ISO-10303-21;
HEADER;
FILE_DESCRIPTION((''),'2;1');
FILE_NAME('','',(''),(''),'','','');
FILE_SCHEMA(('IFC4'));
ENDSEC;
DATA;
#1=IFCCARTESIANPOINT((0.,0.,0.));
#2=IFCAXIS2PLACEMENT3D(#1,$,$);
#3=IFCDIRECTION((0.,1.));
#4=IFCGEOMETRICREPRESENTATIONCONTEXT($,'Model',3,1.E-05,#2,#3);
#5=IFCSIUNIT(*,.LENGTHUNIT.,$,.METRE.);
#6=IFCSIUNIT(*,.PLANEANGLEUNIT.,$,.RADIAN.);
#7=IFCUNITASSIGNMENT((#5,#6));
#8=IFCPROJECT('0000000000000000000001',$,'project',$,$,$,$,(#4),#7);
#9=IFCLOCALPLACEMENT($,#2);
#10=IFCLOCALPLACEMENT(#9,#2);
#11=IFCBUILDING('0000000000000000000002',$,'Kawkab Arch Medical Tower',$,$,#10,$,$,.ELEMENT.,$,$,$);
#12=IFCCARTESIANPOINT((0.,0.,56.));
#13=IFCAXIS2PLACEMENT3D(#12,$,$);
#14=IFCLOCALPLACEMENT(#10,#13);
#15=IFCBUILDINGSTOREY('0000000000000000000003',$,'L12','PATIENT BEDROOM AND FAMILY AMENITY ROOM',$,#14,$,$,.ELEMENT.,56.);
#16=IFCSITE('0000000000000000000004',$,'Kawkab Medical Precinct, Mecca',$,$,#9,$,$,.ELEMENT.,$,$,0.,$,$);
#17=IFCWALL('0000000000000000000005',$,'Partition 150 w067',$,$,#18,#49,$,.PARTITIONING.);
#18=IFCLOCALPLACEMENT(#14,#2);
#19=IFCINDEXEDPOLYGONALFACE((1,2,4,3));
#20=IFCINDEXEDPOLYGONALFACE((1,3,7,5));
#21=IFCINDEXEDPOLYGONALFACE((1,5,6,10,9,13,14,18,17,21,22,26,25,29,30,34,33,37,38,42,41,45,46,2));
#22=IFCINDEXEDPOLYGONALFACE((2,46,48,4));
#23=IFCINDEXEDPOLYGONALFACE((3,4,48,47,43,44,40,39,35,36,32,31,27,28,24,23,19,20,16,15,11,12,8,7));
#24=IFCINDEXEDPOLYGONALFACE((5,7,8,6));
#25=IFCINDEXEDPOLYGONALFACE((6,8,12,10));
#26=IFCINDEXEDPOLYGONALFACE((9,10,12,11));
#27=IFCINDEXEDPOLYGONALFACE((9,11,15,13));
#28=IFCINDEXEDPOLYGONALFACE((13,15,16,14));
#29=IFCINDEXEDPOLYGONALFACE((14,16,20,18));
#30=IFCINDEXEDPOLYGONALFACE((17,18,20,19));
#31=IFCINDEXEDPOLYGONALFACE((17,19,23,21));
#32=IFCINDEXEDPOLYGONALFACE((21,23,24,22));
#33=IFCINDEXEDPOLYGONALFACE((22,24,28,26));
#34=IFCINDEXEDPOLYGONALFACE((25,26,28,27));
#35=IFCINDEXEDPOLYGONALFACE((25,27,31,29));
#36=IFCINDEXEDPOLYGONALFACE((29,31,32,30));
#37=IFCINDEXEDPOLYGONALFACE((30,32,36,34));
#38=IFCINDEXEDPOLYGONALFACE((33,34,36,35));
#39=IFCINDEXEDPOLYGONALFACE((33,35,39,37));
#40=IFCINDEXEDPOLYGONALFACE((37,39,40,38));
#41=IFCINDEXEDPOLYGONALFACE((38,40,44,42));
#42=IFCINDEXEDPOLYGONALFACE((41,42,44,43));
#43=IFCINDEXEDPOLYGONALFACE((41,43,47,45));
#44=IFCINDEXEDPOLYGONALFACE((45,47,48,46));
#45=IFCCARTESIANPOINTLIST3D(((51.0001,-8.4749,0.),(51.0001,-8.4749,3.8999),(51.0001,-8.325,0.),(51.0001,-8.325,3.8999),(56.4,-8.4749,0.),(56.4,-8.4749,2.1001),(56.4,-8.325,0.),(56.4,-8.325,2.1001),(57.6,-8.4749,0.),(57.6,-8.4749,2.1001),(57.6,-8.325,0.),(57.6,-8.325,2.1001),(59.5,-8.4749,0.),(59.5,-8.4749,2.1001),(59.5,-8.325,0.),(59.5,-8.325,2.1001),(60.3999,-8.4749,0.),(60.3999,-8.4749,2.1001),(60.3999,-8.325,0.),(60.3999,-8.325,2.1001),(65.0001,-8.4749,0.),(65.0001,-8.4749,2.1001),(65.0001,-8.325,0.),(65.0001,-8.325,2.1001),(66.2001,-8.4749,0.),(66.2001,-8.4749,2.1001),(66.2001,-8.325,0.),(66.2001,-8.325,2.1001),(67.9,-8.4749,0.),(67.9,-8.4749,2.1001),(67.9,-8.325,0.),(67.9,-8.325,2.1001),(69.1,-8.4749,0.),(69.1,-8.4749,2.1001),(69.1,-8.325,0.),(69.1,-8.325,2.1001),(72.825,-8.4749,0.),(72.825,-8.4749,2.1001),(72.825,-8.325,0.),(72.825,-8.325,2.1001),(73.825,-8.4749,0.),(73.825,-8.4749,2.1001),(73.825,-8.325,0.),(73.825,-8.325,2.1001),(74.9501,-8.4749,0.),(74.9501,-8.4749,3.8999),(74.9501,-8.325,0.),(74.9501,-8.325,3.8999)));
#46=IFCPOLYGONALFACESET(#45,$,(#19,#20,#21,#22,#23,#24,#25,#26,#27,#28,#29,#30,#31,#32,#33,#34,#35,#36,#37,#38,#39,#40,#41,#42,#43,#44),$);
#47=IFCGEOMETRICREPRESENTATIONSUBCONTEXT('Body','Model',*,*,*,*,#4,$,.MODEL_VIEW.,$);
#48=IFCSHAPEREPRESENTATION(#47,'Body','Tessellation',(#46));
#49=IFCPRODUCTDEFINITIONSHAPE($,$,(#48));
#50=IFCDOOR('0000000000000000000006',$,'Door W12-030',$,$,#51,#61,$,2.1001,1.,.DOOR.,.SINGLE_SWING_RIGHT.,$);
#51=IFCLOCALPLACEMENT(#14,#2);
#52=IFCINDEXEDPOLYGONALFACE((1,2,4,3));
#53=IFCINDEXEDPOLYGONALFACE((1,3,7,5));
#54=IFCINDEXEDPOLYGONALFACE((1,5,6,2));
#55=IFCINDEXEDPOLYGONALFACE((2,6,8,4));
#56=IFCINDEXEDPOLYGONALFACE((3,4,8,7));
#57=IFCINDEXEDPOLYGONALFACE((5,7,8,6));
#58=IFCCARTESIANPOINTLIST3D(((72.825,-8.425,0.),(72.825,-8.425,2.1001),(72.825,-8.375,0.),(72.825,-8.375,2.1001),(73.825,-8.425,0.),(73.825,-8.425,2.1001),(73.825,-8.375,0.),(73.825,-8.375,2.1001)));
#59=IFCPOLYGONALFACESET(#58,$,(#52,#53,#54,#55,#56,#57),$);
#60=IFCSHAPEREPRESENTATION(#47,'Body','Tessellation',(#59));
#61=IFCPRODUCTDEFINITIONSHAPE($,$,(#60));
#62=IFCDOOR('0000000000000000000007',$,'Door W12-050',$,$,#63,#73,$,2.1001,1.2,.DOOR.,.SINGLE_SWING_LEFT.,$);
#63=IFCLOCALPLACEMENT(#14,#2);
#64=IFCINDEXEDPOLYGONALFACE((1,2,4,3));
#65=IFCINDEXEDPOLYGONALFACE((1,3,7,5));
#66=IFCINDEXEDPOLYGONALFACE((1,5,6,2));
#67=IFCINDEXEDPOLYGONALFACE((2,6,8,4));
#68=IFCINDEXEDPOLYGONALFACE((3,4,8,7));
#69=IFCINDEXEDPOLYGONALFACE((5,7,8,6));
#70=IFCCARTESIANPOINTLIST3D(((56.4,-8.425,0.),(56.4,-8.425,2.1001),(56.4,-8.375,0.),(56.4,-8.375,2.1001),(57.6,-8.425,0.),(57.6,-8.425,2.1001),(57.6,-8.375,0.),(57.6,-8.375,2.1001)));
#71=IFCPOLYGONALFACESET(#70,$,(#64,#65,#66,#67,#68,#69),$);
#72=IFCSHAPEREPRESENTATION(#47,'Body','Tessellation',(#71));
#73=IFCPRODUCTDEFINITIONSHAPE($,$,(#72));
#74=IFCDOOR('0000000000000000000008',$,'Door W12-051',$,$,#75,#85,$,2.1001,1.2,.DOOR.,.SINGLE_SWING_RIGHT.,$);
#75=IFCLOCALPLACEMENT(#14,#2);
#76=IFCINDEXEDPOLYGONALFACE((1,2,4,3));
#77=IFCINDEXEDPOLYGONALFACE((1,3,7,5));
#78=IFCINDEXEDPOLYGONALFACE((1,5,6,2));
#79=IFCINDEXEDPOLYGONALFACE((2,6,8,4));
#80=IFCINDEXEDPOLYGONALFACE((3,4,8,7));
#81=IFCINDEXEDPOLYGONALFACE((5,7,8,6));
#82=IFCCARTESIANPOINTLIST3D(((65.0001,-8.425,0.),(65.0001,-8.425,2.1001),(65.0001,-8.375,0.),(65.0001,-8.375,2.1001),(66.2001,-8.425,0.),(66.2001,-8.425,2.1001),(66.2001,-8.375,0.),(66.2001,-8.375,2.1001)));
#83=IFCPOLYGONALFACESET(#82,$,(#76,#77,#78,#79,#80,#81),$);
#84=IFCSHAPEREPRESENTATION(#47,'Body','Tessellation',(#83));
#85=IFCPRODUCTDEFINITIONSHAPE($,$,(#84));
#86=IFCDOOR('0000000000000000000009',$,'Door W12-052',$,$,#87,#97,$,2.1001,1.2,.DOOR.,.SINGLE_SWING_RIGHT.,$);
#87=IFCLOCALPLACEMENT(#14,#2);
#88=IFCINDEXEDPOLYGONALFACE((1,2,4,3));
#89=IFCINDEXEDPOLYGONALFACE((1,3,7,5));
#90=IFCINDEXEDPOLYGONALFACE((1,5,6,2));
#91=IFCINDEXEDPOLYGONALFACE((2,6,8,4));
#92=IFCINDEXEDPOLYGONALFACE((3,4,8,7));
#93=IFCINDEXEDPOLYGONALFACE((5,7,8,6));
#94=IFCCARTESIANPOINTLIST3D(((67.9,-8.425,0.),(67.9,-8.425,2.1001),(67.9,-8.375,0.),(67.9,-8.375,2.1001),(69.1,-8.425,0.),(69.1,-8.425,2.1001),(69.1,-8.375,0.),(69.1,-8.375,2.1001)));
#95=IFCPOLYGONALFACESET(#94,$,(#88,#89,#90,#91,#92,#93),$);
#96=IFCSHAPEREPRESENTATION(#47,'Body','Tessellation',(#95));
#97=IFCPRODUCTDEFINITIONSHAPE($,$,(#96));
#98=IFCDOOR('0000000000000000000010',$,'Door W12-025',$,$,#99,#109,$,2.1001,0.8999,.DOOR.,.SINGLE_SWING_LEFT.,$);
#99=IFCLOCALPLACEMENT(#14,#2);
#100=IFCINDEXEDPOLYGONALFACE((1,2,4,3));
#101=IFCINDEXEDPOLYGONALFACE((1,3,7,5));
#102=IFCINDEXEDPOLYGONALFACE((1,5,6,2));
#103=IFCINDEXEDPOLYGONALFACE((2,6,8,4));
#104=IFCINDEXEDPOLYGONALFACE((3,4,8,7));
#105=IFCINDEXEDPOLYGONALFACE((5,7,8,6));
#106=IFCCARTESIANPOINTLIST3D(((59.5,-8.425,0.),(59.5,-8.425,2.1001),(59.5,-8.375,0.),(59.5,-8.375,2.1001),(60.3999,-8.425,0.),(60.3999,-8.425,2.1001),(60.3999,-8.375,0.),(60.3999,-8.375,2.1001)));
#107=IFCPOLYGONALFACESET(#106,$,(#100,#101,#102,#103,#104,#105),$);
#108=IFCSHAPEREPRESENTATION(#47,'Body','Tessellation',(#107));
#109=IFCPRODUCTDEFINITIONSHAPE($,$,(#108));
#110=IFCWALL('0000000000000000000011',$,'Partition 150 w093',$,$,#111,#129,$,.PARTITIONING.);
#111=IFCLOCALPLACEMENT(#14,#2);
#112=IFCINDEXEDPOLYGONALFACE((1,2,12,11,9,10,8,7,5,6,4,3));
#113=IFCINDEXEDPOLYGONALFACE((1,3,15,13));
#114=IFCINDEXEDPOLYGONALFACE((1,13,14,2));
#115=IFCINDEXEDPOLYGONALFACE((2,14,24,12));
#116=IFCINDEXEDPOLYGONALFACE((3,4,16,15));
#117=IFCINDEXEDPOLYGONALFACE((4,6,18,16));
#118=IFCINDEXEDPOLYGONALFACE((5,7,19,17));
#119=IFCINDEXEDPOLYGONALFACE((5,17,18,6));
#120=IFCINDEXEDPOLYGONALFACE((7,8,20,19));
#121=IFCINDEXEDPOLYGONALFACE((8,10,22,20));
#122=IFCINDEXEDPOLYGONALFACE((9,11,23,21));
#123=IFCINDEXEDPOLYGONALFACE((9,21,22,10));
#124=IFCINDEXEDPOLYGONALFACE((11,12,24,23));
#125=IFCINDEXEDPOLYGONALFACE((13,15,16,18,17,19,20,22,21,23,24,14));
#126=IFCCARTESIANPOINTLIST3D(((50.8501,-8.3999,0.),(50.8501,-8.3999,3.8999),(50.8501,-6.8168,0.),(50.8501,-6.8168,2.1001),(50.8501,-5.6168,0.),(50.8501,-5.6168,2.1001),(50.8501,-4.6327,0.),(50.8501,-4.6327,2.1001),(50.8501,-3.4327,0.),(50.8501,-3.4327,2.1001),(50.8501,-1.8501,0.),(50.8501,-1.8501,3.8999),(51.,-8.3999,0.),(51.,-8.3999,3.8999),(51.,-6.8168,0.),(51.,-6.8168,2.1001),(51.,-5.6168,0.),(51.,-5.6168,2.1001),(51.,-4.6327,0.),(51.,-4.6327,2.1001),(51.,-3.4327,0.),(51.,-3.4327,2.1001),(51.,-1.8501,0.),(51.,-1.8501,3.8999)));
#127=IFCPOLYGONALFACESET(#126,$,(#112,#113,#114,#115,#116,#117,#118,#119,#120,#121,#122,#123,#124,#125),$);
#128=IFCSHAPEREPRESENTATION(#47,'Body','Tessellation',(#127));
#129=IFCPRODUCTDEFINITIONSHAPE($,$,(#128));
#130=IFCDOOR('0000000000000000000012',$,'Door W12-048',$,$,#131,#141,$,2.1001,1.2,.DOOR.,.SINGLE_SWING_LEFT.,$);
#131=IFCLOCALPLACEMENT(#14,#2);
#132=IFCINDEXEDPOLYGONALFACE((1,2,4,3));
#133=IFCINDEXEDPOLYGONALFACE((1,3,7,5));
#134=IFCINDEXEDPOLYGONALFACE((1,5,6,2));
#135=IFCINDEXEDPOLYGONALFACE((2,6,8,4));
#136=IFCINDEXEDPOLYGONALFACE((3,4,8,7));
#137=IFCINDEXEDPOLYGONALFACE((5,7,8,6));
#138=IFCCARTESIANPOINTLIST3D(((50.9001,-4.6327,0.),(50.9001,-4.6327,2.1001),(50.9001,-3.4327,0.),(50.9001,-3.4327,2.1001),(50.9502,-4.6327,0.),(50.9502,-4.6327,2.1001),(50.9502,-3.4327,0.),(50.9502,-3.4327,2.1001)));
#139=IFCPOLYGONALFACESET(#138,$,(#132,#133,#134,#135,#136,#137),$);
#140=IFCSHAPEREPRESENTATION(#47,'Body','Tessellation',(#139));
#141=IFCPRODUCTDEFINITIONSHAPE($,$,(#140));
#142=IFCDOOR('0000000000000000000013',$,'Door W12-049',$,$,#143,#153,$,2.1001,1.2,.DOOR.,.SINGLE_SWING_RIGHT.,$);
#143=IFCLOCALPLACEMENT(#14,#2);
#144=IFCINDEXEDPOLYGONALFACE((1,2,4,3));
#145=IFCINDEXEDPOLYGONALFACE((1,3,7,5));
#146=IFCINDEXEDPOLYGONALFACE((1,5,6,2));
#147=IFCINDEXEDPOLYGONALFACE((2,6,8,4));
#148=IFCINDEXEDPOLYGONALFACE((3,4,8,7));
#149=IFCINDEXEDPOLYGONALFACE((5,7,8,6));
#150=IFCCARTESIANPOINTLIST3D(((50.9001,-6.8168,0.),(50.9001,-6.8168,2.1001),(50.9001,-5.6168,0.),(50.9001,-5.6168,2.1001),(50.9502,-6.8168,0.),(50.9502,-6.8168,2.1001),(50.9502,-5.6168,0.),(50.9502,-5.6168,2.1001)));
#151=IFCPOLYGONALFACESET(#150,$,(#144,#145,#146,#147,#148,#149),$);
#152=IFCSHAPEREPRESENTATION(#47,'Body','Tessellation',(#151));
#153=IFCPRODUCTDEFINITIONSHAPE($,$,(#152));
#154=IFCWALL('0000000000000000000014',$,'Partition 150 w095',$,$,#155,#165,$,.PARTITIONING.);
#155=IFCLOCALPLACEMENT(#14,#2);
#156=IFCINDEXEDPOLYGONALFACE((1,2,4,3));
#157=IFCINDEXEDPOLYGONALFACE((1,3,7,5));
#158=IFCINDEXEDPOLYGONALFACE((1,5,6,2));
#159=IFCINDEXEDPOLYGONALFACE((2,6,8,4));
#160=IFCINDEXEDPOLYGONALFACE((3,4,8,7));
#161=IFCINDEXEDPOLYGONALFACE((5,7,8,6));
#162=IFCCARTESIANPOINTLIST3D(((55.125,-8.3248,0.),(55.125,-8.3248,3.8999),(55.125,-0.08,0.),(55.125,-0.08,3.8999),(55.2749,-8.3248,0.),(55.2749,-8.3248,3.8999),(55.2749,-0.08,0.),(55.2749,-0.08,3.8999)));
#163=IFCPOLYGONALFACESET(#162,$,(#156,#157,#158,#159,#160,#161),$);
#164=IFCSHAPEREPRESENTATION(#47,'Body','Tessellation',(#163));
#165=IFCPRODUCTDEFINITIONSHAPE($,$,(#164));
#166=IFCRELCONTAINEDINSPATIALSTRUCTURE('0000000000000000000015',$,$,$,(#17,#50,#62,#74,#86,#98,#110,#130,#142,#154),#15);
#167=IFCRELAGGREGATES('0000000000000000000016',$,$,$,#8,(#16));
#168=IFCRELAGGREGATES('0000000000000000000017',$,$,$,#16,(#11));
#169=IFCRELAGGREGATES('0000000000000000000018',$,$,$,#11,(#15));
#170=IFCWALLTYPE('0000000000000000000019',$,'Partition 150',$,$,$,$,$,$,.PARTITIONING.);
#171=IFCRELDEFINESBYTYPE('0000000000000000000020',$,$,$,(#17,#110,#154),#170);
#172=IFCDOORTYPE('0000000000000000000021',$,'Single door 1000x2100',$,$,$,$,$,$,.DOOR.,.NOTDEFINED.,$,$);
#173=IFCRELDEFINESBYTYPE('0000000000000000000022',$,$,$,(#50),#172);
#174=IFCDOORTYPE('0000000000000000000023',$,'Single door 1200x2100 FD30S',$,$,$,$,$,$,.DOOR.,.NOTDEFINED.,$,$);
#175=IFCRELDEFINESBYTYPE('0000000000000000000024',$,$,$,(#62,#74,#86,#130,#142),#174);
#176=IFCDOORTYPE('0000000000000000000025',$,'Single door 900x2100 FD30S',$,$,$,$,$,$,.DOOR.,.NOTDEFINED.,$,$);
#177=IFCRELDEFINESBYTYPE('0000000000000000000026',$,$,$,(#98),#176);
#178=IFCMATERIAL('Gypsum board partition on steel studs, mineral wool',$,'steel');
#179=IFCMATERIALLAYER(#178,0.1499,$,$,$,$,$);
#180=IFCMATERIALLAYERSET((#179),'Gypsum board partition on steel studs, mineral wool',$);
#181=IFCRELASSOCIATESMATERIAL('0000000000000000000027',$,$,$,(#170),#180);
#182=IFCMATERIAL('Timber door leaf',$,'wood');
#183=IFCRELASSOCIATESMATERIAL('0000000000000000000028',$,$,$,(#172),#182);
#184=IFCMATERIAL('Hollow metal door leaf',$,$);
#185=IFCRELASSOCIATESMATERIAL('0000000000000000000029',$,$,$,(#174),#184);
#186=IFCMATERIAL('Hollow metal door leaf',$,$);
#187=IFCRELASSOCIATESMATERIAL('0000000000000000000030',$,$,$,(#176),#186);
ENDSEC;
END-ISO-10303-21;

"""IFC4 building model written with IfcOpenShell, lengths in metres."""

from ifc_helpers import new_model, si_unit, direction, frame, frame_2d, origin, place, context, subcontext, project, spatial, rectangle, extrude, material, layer, layer_set, type_object, element, fill, save


model = new_model("IFC4")

# Units and contexts
model_context = context("Model", 3, precision=1e-05, world=origin(), true_north=direction((0.0, 1.0)))
body_context = subcontext(model_context, "Body", "Model", "MODEL_VIEW")
ifc_project = project(units=[si_unit("LENGTHUNIT", "METRE"), si_unit("PLANEANGLEUNIT", "RADIAN")], contexts=[model_context])

# Site, building, storey
site_placement = place(None, origin())
site = spatial("IfcSite", under=ifc_project, at=site_placement, Name="Kawkab Medical Precinct, Mecca", CompositionType="ELEMENT", RefElevation=0.0)
building_placement = place(site_placement, origin())
building = spatial("IfcBuilding", under=site, at=building_placement, Name="Kawkab Arch Medical Tower", CompositionType="ELEMENT")
storey_placement = place(building_placement, frame((0.0, 0.0, 56.0)))
storey = spatial("IfcBuildingStorey", under=building, at=storey_placement, Name="L12", Description="PATIENT BEDROOM AND FAMILY AMENITY ROOM", CompositionType="ELEMENT", Elevation=56.0)

# Walls, openings, doors
ifc_material_1 = material(Name="Gypsum board partition on steel studs, mineral wool", Category="steel")
ifc_layer_1 = layer(ifc_material_1, 0.1499)
ifc_layer_set_1 = layer_set([ifc_layer_1], Name="Gypsum board partition on steel studs, mineral wool")
wall_type_1 = type_object("IfcWallType", Name="Partition 150", PredefinedType="PARTITIONING", material=ifc_layer_set_1)
wall_1_placement = place(storey_placement, frame((51.0, -8.3999, 0.0), z_axis=(0.0, 0.0, 1.0), x_axis=(1.0, 0.0, 0.0)))
wall_1 = element("IfcWall", 1, at=wall_1_placement, inside=storey, type_object=wall_type_1, Name="Partition 150 w067", PredefinedType="PARTITIONING", context=body_context, shape_type="SweptSolid", body=[
    extrude(rectangle(XDim=23.95, YDim=0.1499, at=frame_2d((11.9751, 0.0))), origin(), (0.0, 0.0, 1.0), 3.8999),
])
opening_1_placement = place(wall_1_placement, frame((5.3999, 0.0, 0.0)))
opening_1 = element("IfcOpeningElement", 2, at=opening_1_placement, cuts=wall_1, PredefinedType="OPENING", context=body_context, shape_type="SweptSolid", body=[
    extrude(rectangle(XDim=1.2, YDim=2.1001, at=frame_2d((0.6001, 1.05))), frame((0.0, 0.085, 0.0), z_axis=(0.0, -1.0, 0.0), x_axis=(1.0, 0.0, 0.0)), (0.0, 0.0, 1.0), 0.1699),
])
opening_2_placement = place(wall_1_placement, frame((8.5, 0.0, 0.0)))
opening_2 = element("IfcOpeningElement", 3, at=opening_2_placement, cuts=wall_1, PredefinedType="OPENING", context=body_context, shape_type="SweptSolid", body=[
    extrude(rectangle(XDim=0.8999, YDim=2.1001, at=frame_2d((0.45, 1.05))), frame((0.0, 0.085, 0.0), z_axis=(0.0, -1.0, 0.0), x_axis=(1.0, 0.0, 0.0)), (0.0, 0.0, 1.0), 0.1699),
])
opening_3_placement = place(wall_1_placement, frame((14.0, 0.0, 0.0)))
opening_3 = element("IfcOpeningElement", 4, at=opening_3_placement, cuts=wall_1, PredefinedType="OPENING", context=body_context, shape_type="SweptSolid", body=[
    extrude(rectangle(XDim=1.2, YDim=2.1001, at=frame_2d((0.6001, 1.05))), frame((0.0, 0.085, 0.0), z_axis=(0.0, -1.0, 0.0), x_axis=(1.0, 0.0, 0.0)), (0.0, 0.0, 1.0), 0.1699),
])
opening_4_placement = place(wall_1_placement, frame((16.8999, 0.0, 0.0)))
opening_4 = element("IfcOpeningElement", 5, at=opening_4_placement, cuts=wall_1, PredefinedType="OPENING", context=body_context, shape_type="SweptSolid", body=[
    extrude(rectangle(XDim=1.2, YDim=2.1001, at=frame_2d((0.6001, 1.05))), frame((0.0, 0.085, 0.0), z_axis=(0.0, -1.0, 0.0), x_axis=(1.0, 0.0, 0.0)), (0.0, 0.0, 1.0), 0.1699),
])
opening_5_placement = place(wall_1_placement, frame((21.825, 0.0, 0.0)))
opening_5 = element("IfcOpeningElement", 6, at=opening_5_placement, cuts=wall_1, PredefinedType="OPENING", context=body_context, shape_type="SweptSolid", body=[
    extrude(rectangle(XDim=1.0, YDim=2.1001, at=frame_2d((0.5, 1.05))), frame((0.0, 0.085, 0.0), z_axis=(0.0, -1.0, 0.0), x_axis=(1.0, 0.0, 0.0)), (0.0, 0.0, 1.0), 0.1699),
])
ifc_material_2 = material(Name="Timber door leaf", Category="wood")
door_type_1 = type_object("IfcDoorType", Name="Single door 1000x2100", OperationType="NOTDEFINED", PredefinedType="DOOR", material=ifc_material_2)
door_1_placement = place(opening_5_placement, origin())
door_1 = element("IfcDoor", 7, at=door_1_placement, inside=storey, type_object=door_type_1, Name="Door W12-030", OperationType="SINGLE_SWING_RIGHT", OverallHeight=2.1001, OverallWidth=1.0, PredefinedType="DOOR", context=body_context, shape_type="SweptSolid", body=[
    extrude(rectangle(XDim=1.0, YDim=2.1001, at=frame_2d((0.5, 1.05))), frame((0.0, 0.0249, 0.0), z_axis=(0.0, -1.0, 0.0), x_axis=(1.0, 0.0, 0.0)), (0.0, 0.0, 1.0), 0.05),
])
fill(opening_5, door_1)
ifc_material_3 = material(Name="Hollow metal door leaf")
door_type_2 = type_object("IfcDoorType", Name="Single door 1200x2100 FD30S", OperationType="NOTDEFINED", PredefinedType="DOOR", material=ifc_material_3)
door_2_placement = place(opening_1_placement, origin())
door_2 = element("IfcDoor", 8, at=door_2_placement, inside=storey, type_object=door_type_2, Name="Door W12-050", OperationType="SINGLE_SWING_LEFT", OverallHeight=2.1001, OverallWidth=1.2, PredefinedType="DOOR", context=body_context, shape_type="SweptSolid", body=[
    extrude(rectangle(XDim=1.2, YDim=2.1001, at=frame_2d((0.6001, 1.05))), frame((0.0, 0.0249, 0.0), z_axis=(0.0, -1.0, 0.0), x_axis=(1.0, 0.0, 0.0)), (0.0, 0.0, 1.0), 0.05),
])
fill(opening_1, door_2)
door_3_placement = place(opening_3_placement, origin())
door_3 = element("IfcDoor", 9, at=door_3_placement, inside=storey, type_object=door_type_2, Name="Door W12-051", OperationType="SINGLE_SWING_RIGHT", OverallHeight=2.1001, OverallWidth=1.2, PredefinedType="DOOR", context=body_context, shape_type="SweptSolid", body=[
    extrude(rectangle(XDim=1.2, YDim=2.1001, at=frame_2d((0.6001, 1.05))), frame((0.0, 0.0249, 0.0), z_axis=(0.0, -1.0, 0.0), x_axis=(1.0, 0.0, 0.0)), (0.0, 0.0, 1.0), 0.05),
])
fill(opening_3, door_3)
door_4_placement = place(opening_4_placement, origin())
door_4 = element("IfcDoor", 10, at=door_4_placement, inside=storey, type_object=door_type_2, Name="Door W12-052", OperationType="SINGLE_SWING_RIGHT", OverallHeight=2.1001, OverallWidth=1.2, PredefinedType="DOOR", context=body_context, shape_type="SweptSolid", body=[
    extrude(rectangle(XDim=1.2, YDim=2.1001, at=frame_2d((0.6001, 1.05))), frame((0.0, 0.0249, 0.0), z_axis=(0.0, -1.0, 0.0), x_axis=(1.0, 0.0, 0.0)), (0.0, 0.0, 1.0), 0.05),
])
fill(opening_4, door_4)
ifc_material_4 = material(Name="Hollow metal door leaf")
door_type_3 = type_object("IfcDoorType", Name="Single door 900x2100 FD30S", OperationType="NOTDEFINED", PredefinedType="DOOR", material=ifc_material_4)
door_5_placement = place(opening_2_placement, origin())
door_5 = element("IfcDoor", 11, at=door_5_placement, inside=storey, type_object=door_type_3, Name="Door W12-025", OperationType="SINGLE_SWING_LEFT", OverallHeight=2.1001, OverallWidth=0.8999, PredefinedType="DOOR", context=body_context, shape_type="SweptSolid", body=[
    extrude(rectangle(XDim=0.8999, YDim=2.1001, at=frame_2d((0.45, 1.05))), frame((0.0, 0.0249, 0.0), z_axis=(0.0, -1.0, 0.0), x_axis=(1.0, 0.0, 0.0)), (0.0, 0.0, 1.0), 0.05),
])
fill(opening_2, door_5)
wall_2_placement = place(storey_placement, frame((50.925, -8.3999, 0.0), z_axis=(0.0, 0.0, 1.0), x_axis=(0.0, 1.0, 0.0)))
wall_2 = element("IfcWall", 12, at=wall_2_placement, inside=storey, type_object=wall_type_1, Name="Partition 150 w093", PredefinedType="PARTITIONING", context=body_context, shape_type="SweptSolid", body=[
    extrude(rectangle(XDim=6.5498, YDim=0.1499, at=frame_2d((3.2749, 0.0))), origin(), (0.0, 0.0, 1.0), 3.8999),
])
opening_6_placement = place(wall_2_placement, frame((3.7671, 0.0, 0.0)))
opening_6 = element("IfcOpeningElement", 13, at=opening_6_placement, cuts=wall_2, PredefinedType="OPENING", context=body_context, shape_type="SweptSolid", body=[
    extrude(rectangle(XDim=1.2, YDim=2.1001, at=frame_2d((0.6001, 1.05))), frame((0.0, 0.085, 0.0), z_axis=(0.0, -1.0, 0.0), x_axis=(1.0, 0.0, 0.0)), (0.0, 0.0, 1.0), 0.1699),
])
opening_7_placement = place(wall_2_placement, frame((1.583, 0.0, 0.0)))
opening_7 = element("IfcOpeningElement", 14, at=opening_7_placement, cuts=wall_2, PredefinedType="OPENING", context=body_context, shape_type="SweptSolid", body=[
    extrude(rectangle(XDim=1.2, YDim=2.1001, at=frame_2d((0.6001, 1.05))), frame((0.0, 0.085, 0.0), z_axis=(0.0, -1.0, 0.0), x_axis=(1.0, 0.0, 0.0)), (0.0, 0.0, 1.0), 0.1699),
])
door_6_placement = place(opening_6_placement, origin())
door_6 = element("IfcDoor", 15, at=door_6_placement, inside=storey, type_object=door_type_2, Name="Door W12-048", OperationType="SINGLE_SWING_LEFT", OverallHeight=2.1001, OverallWidth=1.2, PredefinedType="DOOR", context=body_context, shape_type="SweptSolid", body=[
    extrude(rectangle(XDim=1.2, YDim=2.1001, at=frame_2d((0.6001, 1.05))), frame((0.0, 0.0249, 0.0), z_axis=(0.0, -1.0, 0.0), x_axis=(1.0, 0.0, 0.0)), (0.0, 0.0, 1.0), 0.05),
])
fill(opening_6, door_6)
door_7_placement = place(opening_7_placement, origin())
door_7 = element("IfcDoor", 16, at=door_7_placement, inside=storey, type_object=door_type_2, Name="Door W12-049", OperationType="SINGLE_SWING_RIGHT", OverallHeight=2.1001, OverallWidth=1.2, PredefinedType="DOOR", context=body_context, shape_type="SweptSolid", body=[
    extrude(rectangle(XDim=1.2, YDim=2.1001, at=frame_2d((0.6001, 1.05))), frame((0.0, 0.0249, 0.0), z_axis=(0.0, -1.0, 0.0), x_axis=(1.0, 0.0, 0.0)), (0.0, 0.0, 1.0), 0.05),
])
fill(opening_7, door_7)

# Wall
wall_3_placement = place(storey_placement, frame((55.2, -8.325, 0.0), z_axis=(0.0, 0.0, 1.0), x_axis=(0.0, 1.0, 0.0)))
element("IfcWall", 17, at=wall_3_placement, inside=storey, type_object=wall_type_1, Name="Partition 150 w095", PredefinedType="PARTITIONING", context=body_context, shape_type="SweptSolid", body=[
    extrude(rectangle(XDim=8.2449, YDim=0.1499, at=frame_2d((4.1226, 0.0))), origin(), (0.0, 0.0, 1.0), 3.8999),
])

save(model, "model.ifc")
